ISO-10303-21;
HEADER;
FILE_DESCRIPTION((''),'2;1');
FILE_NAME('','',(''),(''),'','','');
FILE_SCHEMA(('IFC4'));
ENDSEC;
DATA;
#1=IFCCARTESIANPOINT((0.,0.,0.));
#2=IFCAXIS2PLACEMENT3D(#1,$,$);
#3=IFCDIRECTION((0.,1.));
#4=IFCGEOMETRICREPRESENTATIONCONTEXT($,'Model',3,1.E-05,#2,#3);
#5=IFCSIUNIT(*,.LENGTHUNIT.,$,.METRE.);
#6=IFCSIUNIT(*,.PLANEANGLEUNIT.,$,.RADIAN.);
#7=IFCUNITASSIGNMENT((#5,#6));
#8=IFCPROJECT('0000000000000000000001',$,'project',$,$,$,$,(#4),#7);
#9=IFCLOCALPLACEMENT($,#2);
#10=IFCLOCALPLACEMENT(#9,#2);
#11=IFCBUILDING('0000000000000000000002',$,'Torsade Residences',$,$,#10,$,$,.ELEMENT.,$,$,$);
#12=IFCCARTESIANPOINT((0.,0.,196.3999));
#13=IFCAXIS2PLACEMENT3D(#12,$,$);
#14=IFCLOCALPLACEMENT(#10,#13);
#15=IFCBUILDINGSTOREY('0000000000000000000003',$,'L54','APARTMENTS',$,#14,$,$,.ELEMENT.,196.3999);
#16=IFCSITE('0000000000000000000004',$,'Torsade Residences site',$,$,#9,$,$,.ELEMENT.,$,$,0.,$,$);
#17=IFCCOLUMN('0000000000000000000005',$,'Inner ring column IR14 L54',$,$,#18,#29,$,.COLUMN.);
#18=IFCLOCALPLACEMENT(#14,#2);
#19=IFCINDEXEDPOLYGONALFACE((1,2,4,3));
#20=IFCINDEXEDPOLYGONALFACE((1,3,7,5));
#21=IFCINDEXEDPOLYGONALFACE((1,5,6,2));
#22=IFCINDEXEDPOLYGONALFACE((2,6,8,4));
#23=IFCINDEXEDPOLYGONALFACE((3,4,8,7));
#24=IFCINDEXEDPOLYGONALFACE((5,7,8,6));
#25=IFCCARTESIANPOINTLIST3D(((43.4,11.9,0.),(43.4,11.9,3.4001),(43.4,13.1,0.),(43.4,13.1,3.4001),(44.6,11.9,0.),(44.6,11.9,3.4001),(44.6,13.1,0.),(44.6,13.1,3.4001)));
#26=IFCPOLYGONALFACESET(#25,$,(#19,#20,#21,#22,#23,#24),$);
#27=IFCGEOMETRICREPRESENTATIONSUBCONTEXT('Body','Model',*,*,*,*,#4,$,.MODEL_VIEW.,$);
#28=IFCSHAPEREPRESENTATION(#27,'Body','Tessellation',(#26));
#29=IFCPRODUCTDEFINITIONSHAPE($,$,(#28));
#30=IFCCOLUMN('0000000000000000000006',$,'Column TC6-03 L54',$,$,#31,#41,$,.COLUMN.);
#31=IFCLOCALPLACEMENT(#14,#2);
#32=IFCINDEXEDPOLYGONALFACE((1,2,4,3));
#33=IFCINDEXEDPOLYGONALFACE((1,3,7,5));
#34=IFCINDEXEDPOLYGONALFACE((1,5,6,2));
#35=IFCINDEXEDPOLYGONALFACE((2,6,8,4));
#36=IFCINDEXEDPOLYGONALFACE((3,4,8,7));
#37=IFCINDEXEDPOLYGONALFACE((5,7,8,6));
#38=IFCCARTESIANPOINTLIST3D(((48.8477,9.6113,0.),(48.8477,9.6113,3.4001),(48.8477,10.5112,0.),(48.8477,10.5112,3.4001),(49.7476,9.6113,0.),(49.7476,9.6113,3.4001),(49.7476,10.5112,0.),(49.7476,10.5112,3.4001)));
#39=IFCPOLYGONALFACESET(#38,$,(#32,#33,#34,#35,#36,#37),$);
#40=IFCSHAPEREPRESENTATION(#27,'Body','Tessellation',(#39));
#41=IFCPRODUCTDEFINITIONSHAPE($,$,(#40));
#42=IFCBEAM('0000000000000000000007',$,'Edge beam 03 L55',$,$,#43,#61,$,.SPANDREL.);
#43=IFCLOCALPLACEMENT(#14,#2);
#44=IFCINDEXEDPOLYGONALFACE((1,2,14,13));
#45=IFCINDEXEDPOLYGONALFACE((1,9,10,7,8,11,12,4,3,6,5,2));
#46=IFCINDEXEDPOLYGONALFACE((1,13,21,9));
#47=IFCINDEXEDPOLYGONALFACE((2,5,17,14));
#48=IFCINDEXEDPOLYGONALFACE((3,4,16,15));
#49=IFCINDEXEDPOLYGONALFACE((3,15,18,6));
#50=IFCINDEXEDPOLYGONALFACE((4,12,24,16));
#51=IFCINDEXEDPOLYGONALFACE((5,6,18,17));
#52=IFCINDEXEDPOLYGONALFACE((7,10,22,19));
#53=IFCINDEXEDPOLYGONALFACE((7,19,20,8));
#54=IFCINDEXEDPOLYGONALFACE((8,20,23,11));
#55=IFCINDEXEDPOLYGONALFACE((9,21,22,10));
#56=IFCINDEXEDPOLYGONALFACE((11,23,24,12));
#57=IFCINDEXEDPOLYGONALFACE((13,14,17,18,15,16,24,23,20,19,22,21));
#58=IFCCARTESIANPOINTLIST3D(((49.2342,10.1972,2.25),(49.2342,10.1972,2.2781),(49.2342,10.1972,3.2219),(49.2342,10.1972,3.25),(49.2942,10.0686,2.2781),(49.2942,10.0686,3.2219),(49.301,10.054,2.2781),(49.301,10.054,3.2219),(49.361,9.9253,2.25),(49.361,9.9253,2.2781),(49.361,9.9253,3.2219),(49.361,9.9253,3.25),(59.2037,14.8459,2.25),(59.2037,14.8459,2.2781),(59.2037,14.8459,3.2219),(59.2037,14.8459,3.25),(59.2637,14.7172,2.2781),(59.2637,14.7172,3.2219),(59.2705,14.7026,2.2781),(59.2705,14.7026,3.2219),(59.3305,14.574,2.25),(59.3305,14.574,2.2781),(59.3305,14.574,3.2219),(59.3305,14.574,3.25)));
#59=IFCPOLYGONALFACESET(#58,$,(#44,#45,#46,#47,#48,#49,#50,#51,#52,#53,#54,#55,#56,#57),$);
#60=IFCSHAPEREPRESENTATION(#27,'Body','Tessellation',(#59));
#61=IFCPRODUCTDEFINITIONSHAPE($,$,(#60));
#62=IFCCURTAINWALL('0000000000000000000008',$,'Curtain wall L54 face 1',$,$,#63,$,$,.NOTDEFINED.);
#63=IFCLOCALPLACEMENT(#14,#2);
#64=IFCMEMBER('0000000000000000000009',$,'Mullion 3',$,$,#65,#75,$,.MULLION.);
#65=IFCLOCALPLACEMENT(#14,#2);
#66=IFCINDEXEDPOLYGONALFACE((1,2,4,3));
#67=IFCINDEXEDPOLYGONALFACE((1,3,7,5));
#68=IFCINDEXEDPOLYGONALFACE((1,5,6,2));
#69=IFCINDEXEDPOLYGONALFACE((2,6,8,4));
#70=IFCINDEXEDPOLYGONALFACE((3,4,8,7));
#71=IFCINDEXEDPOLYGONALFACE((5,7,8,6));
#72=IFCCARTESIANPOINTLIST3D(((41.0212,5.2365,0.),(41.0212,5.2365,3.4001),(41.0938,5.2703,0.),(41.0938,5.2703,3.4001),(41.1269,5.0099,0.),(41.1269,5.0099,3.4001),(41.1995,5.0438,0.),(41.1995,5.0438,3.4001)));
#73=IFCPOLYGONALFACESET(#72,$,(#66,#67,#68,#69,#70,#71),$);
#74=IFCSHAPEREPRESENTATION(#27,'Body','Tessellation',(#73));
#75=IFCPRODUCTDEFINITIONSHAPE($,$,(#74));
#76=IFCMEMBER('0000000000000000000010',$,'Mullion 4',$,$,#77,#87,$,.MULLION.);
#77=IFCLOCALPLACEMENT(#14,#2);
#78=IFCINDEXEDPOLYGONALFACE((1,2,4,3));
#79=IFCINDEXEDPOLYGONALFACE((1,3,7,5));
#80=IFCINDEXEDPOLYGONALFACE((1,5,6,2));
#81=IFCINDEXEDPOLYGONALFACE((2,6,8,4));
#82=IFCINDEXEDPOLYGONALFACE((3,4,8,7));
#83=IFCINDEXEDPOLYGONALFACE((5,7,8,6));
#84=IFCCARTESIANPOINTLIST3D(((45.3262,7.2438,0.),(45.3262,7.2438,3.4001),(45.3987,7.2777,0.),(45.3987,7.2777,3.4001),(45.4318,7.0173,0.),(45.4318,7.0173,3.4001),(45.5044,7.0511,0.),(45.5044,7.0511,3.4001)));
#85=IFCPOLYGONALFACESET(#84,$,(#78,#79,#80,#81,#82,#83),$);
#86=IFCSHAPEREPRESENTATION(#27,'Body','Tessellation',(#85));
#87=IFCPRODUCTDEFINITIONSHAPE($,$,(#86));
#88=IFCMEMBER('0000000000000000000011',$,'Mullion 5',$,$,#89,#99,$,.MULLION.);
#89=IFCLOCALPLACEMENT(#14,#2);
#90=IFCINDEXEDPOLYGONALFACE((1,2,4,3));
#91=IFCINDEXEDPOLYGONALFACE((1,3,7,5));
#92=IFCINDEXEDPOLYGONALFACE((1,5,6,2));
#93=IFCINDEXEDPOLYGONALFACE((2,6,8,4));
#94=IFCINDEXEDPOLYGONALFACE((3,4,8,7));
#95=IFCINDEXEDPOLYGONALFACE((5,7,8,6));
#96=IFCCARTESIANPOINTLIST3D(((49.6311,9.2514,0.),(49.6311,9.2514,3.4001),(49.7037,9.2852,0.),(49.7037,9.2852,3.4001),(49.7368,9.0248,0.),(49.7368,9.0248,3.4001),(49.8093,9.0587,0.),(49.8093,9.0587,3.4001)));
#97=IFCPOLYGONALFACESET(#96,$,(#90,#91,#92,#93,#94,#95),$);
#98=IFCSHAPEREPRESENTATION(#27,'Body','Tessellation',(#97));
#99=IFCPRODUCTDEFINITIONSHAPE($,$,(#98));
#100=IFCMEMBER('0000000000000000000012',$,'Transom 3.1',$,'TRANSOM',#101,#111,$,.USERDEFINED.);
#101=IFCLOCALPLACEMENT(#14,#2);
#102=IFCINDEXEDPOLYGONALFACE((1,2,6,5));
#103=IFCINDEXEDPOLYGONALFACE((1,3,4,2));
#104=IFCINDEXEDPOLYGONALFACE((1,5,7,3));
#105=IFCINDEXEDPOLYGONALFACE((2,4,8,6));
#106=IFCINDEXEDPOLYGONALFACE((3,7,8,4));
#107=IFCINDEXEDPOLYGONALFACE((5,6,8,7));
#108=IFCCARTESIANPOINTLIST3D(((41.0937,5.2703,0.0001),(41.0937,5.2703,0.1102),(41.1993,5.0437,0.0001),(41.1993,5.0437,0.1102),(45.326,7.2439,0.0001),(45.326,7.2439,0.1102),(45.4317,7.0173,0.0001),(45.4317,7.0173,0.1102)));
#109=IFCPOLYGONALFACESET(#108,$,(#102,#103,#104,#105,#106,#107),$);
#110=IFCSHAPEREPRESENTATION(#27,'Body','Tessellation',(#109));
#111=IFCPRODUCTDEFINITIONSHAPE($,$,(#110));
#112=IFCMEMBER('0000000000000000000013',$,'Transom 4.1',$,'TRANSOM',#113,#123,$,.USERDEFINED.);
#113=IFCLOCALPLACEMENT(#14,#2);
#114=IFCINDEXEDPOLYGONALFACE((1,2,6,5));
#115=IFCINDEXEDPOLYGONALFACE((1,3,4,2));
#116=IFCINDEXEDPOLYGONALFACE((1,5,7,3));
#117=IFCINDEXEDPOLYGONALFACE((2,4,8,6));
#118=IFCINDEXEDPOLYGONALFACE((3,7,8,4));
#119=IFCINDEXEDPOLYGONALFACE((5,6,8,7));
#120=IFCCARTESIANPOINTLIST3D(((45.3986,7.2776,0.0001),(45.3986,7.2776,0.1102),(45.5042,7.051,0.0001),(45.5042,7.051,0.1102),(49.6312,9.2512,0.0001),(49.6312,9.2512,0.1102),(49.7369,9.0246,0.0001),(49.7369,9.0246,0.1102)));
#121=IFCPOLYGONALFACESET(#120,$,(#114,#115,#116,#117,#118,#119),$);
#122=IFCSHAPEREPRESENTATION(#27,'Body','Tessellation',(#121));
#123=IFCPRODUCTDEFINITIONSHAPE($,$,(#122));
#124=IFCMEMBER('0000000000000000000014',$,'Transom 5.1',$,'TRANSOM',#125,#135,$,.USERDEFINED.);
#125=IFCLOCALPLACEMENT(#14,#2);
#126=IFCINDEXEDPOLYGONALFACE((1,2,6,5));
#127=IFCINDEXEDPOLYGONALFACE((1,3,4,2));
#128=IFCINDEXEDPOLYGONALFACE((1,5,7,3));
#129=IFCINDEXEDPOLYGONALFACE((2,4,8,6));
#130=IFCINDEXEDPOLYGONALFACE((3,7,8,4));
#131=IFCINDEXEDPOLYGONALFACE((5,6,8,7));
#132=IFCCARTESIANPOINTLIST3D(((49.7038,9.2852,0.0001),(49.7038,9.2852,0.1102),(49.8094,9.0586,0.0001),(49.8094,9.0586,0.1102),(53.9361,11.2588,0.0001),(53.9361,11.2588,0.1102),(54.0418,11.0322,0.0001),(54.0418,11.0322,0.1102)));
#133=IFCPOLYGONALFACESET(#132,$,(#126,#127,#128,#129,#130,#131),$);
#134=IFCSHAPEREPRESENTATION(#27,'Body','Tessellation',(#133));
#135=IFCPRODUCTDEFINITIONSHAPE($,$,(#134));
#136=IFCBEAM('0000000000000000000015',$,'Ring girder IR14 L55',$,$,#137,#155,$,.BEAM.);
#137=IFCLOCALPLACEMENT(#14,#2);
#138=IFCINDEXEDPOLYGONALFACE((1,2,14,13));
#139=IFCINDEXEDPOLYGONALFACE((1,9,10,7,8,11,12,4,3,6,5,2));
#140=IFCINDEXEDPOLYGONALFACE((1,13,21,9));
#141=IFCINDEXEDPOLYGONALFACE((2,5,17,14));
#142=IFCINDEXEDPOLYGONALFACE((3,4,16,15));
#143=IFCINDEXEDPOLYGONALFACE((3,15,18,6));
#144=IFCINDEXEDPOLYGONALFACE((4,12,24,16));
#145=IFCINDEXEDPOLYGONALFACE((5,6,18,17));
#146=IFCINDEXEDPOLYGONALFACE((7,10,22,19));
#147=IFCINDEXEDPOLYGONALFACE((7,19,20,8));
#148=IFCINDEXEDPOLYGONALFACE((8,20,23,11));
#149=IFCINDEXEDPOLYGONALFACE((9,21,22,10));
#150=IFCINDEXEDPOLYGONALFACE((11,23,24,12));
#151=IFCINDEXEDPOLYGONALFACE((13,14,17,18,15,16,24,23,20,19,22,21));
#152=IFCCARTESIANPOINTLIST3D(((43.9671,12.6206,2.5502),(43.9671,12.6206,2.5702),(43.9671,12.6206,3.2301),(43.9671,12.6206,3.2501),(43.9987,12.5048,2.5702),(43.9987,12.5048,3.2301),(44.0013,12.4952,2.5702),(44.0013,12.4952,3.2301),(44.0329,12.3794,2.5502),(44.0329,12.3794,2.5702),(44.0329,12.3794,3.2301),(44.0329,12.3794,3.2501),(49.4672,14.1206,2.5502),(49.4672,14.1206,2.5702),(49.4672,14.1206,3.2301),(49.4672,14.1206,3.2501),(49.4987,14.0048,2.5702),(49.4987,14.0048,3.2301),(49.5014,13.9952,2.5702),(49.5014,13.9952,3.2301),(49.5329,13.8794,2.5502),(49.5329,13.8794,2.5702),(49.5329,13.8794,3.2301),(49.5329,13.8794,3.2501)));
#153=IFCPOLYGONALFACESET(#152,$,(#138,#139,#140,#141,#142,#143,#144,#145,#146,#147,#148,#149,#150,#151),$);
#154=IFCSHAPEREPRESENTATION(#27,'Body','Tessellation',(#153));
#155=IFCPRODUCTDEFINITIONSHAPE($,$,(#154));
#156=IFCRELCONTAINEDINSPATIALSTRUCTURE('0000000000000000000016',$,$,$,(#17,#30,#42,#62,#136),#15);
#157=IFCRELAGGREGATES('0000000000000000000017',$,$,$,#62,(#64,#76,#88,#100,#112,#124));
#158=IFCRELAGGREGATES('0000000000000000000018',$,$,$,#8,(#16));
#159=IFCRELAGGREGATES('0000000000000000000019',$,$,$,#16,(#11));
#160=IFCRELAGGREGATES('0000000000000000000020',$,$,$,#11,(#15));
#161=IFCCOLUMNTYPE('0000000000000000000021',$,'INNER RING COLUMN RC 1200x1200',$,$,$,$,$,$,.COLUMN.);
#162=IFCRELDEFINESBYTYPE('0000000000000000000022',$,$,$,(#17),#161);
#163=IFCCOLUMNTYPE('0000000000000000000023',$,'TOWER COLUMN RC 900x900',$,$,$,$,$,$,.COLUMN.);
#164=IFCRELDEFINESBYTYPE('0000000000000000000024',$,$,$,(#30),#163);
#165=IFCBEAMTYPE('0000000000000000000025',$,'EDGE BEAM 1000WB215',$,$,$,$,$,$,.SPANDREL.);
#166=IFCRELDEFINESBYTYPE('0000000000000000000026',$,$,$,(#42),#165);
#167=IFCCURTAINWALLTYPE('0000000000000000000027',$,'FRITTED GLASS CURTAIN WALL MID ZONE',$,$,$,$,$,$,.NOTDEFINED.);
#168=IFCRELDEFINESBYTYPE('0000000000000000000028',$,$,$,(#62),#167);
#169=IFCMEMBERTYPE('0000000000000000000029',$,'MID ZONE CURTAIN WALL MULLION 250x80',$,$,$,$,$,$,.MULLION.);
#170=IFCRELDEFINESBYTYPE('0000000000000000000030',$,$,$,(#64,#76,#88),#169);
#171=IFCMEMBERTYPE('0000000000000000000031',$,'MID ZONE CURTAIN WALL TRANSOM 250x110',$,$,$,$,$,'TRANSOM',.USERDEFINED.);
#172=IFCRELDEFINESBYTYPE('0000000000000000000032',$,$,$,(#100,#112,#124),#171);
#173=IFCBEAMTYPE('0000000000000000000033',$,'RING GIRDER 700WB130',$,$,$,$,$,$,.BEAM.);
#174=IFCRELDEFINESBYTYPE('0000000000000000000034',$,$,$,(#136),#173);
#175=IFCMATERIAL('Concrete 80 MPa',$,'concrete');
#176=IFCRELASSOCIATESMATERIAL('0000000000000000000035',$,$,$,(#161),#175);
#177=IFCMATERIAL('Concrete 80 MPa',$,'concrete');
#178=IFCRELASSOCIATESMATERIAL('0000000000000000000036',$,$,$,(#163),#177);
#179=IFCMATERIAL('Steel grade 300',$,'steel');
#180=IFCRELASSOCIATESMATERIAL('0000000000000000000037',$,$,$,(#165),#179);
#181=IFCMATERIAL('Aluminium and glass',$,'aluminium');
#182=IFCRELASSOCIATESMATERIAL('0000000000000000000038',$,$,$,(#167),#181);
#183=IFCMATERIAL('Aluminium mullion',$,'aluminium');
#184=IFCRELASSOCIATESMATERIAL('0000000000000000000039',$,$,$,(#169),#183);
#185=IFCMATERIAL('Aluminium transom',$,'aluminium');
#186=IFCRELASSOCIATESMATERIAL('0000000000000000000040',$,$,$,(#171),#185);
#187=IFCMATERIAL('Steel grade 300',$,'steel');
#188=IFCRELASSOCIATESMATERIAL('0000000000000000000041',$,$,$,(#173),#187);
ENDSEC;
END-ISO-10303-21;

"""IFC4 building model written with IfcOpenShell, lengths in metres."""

from ifc_helpers import new_model, si_unit, direction, frame, origin, origin_2d, place, context, subcontext, project, spatial, rectangle, i_section, extrude, material, material_profile, profile_set, type_object, element, aggregate, save


model = new_model("IFC4")

# Units and contexts
model_context = context("Model", 3, precision=1e-05, world=origin(), true_north=direction((0.0, 1.0)))
body_context = subcontext(model_context, "Body", "Model", "MODEL_VIEW")
ifc_project = project(units=[si_unit("LENGTHUNIT", "METRE"), si_unit("PLANEANGLEUNIT", "RADIAN")], contexts=[model_context])

# Site, building, storey
site_placement = place(None, origin())
site = spatial("IfcSite", under=ifc_project, at=site_placement, Name="Torsade Residences site", CompositionType="ELEMENT", RefElevation=0.0)
building_placement = place(site_placement, origin())
building = spatial("IfcBuilding", under=site, at=building_placement, Name="Torsade Residences", CompositionType="ELEMENT")
storey_placement = place(building_placement, frame((0.0, 0.0, 196.3999)))
storey = spatial("IfcBuildingStorey", under=building, at=storey_placement, Name="L54", Description="APARTMENTS", CompositionType="ELEMENT", Elevation=196.3999)

# Columns
ifc_material_1 = material(Name="Concrete 80 MPa", Category="concrete")
ifc_material_profile_1 = material_profile(ifc_material_1, rectangle(XDim=1.2, YDim=1.2, at=origin_2d()), Name="RC 1200x1200")
ifc_profile_set_1 = profile_set([ifc_material_profile_1], Name="Concrete 80 MPa")
column_type_1 = type_object("IfcColumnType", Name="INNER RING COLUMN RC 1200x1200", PredefinedType="COLUMN", material=ifc_profile_set_1)
column_1_placement = place(storey_placement, frame((44.0, 12.5, 0.0), z_axis=(0.0, 0.0, 1.0), x_axis=(1.0, 0.0, 0.0)))
element("IfcColumn", 1, at=column_1_placement, inside=storey, type_object=column_type_1, Name="Inner ring column IR14 L54", PredefinedType="COLUMN", context=body_context, shape_type="SweptSolid", body=[
    extrude(rectangle(XDim=1.2, YDim=1.2, at=origin_2d()), origin(), (0.0, 0.0, 1.0), 3.4001),
])
ifc_material_2 = material(Name="Concrete 80 MPa", Category="concrete")
ifc_material_profile_2 = material_profile(ifc_material_2, rectangle(XDim=0.8999, YDim=0.8999, at=origin_2d()), Name="RC 900x900")
ifc_profile_set_2 = profile_set([ifc_material_profile_2], Name="Concrete 80 MPa")
column_type_2 = type_object("IfcColumnType", Name="TOWER COLUMN RC 900x900", PredefinedType="COLUMN", material=ifc_profile_set_2)
column_2_placement = place(storey_placement, frame((49.2976, 10.0613, 0.0), z_axis=(0.0, 0.0, 1.0), x_axis=(1.0, 0.0, 0.0)))
element("IfcColumn", 2, at=column_2_placement, inside=storey, type_object=column_type_2, Name="Column TC6-03 L54", PredefinedType="COLUMN", context=body_context, shape_type="SweptSolid", body=[
    extrude(rectangle(XDim=0.8999, YDim=0.8999, at=origin_2d()), origin(), (0.0, 0.0, 1.0), 3.4001),
])

# Beam
ifc_material_3 = material(Name="Steel grade 300", Category="steel")
ifc_material_profile_3 = material_profile(ifc_material_3, i_section(OverallWidth=0.3, OverallDepth=1.0, WebThickness=0.0161, FlangeThickness=0.0281, at=origin_2d()), Name="1000WB215")
ifc_profile_set_3 = profile_set([ifc_material_profile_3], Name="Steel grade 300")
beam_type_1 = type_object("IfcBeamType", Name="EDGE BEAM 1000WB215", PredefinedType="SPANDREL", material=ifc_profile_set_3)
beam_1_placement = place(storey_placement, frame((49.2976, 10.0613, 2.75), z_axis=(0.906314, 0.422606, 0.0), x_axis=(-0.422606, 0.906314, 0.0)))
element("IfcBeam", 3, at=beam_1_placement, inside=storey, type_object=beam_type_1, Name="Edge beam 03 L55", PredefinedType="SPANDREL", context=body_context, shape_type="SweptSolid", body=[
    extrude(i_section(OverallWidth=0.3, OverallDepth=1.0, WebThickness=0.0161, FlangeThickness=0.0281, at=origin_2d()), origin(), (0.0, 0.0, 1.0), 11.0),
])

# Curtain wall, members
ifc_material_4 = material(Name="Aluminium and glass", Category="aluminium")
curtain_wall_type = type_object("IfcCurtainWallType", Name="FRITTED GLASS CURTAIN WALL MID ZONE", PredefinedType="NOTDEFINED", material=ifc_material_4)
curtain_wall_placement = place(storey_placement, origin())
curtain_wall = element("IfcCurtainWall", 4, at=curtain_wall_placement, inside=storey, type_object=curtain_wall_type, Name="Curtain wall L54 face 1", PredefinedType="NOTDEFINED")
ifc_material_5 = material(Name="Aluminium mullion", Category="aluminium")
ifc_material_profile_4 = material_profile(ifc_material_5, rectangle(XDim=0.25, YDim=0.0801, at=origin_2d()), Name="MID ZONE CURTAIN WALL MULLION 250x80")
ifc_profile_set_4 = profile_set([ifc_material_profile_4], Name="Aluminium mullion")
member_type_1 = type_object("IfcMemberType", Name="MID ZONE CURTAIN WALL MULLION 250x80", PredefinedType="MULLION", material=ifc_profile_set_4)
member_1_placement = place(storey_placement, frame((41.1104, 5.1401, 0.0), z_axis=(0.0, 0.0, 1.0), x_axis=(-0.422618, 0.906308, 0.0)))
member_1 = element("IfcMember", 5, at=member_1_placement, type_object=member_type_1, Name="Mullion 3", PredefinedType="MULLION", context=body_context, shape_type="SweptSolid", body=[
    extrude(rectangle(XDim=0.25, YDim=0.0801, at=origin_2d()), origin(), (0.0, 0.0, 1.0), 3.4001),
])
member_2_placement = place(storey_placement, frame((45.4153, 7.1475, 0.0), z_axis=(0.0, 0.0, 1.0), x_axis=(-0.422618, 0.906308, 0.0)))
member_2 = element("IfcMember", 6, at=member_2_placement, type_object=member_type_1, Name="Mullion 4", PredefinedType="MULLION", context=body_context, shape_type="SweptSolid", body=[
    extrude(rectangle(XDim=0.25, YDim=0.0801, at=origin_2d()), origin(), (0.0, 0.0, 1.0), 3.4001),
])
member_3_placement = place(storey_placement, frame((49.7202, 9.155, 0.0), z_axis=(0.0, 0.0, 1.0), x_axis=(-0.422618, 0.906308, 0.0)))
member_3 = element("IfcMember", 7, at=member_3_placement, type_object=member_type_1, Name="Mullion 5", PredefinedType="MULLION", context=body_context, shape_type="SweptSolid", body=[
    extrude(rectangle(XDim=0.25, YDim=0.0801, at=origin_2d()), origin(), (0.0, 0.0, 1.0), 3.4001),
])
ifc_material_6 = material(Name="Aluminium transom", Category="aluminium")
ifc_material_profile_5 = material_profile(ifc_material_6, rectangle(XDim=0.25, YDim=0.1101, at=origin_2d()), Name="MID ZONE CURTAIN WALL TRANSOM 250x110")
ifc_profile_set_5 = profile_set([ifc_material_profile_5], Name="Aluminium transom")
member_type_2 = type_object("IfcMemberType", Name="MID ZONE CURTAIN WALL TRANSOM 250x110", ElementType="TRANSOM", PredefinedType="USERDEFINED", material=ifc_profile_set_5)
member_4_placement = place(storey_placement, frame((41.1465, 5.157, 0.0552), z_axis=(0.906306, 0.422622, 0.0), x_axis=(-0.422622, 0.906306, 0.0)))
member_4 = element("IfcMember", 8, at=member_4_placement, type_object=member_type_2, Name="Transom 3.1", ObjectType="TRANSOM", PredefinedType="USERDEFINED", context=body_context, shape_type="SweptSolid", body=[
    extrude(rectangle(XDim=0.25, YDim=0.1101, at=origin_2d()), origin(), (0.0, 0.0, 1.0), 4.6699),
])
member_5_placement = place(storey_placement, frame((45.4514, 7.1643, 0.0552), z_axis=(0.906315, 0.422602, 0.0), x_axis=(-0.422602, 0.906315, 0.0)))
member_5 = element("IfcMember", 9, at=member_5_placement, type_object=member_type_2, Name="Transom 4.1", ObjectType="TRANSOM", PredefinedType="USERDEFINED", context=body_context, shape_type="SweptSolid", body=[
    extrude(rectangle(XDim=0.25, YDim=0.1101, at=origin_2d()), origin(), (0.0, 0.0, 1.0), 4.6702),
])
member_6_placement = place(storey_placement, frame((49.7566, 9.1719, 0.0552), z_axis=(0.906306, 0.422622, 0.0), x_axis=(-0.422622, 0.906306, 0.0)))
member_6 = element("IfcMember", 10, at=member_6_placement, type_object=member_type_2, Name="Transom 5.1", ObjectType="TRANSOM", PredefinedType="USERDEFINED", context=body_context, shape_type="SweptSolid", body=[
    extrude(rectangle(XDim=0.25, YDim=0.1101, at=origin_2d()), origin(), (0.0, 0.0, 1.0), 4.6699),
])

# Beam
ifc_material_7 = material(Name="Steel grade 300", Category="steel")
ifc_material_profile_6 = material_profile(ifc_material_7, i_section(OverallWidth=0.25, OverallDepth=0.7, WebThickness=0.01, FlangeThickness=0.02, at=origin_2d()), Name="700WB130")
ifc_profile_set_6 = profile_set([ifc_material_profile_6], Name="Steel grade 300")
beam_type_2 = type_object("IfcBeamType", Name="RING GIRDER 700WB130", PredefinedType="BEAM", material=ifc_profile_set_6)
beam_2_placement = place(storey_placement, frame((44.0, 12.5, 2.9001), z_axis=(0.964764, 0.263117, 0.0), x_axis=(-0.263117, 0.964764, 0.0)))
element("IfcBeam", 11, at=beam_2_placement, inside=storey, type_object=beam_type_2, Name="Ring girder IR14 L55", PredefinedType="BEAM", context=body_context, shape_type="SweptSolid", body=[
    extrude(i_section(OverallWidth=0.25, OverallDepth=0.7, WebThickness=0.01, FlangeThickness=0.02, at=origin_2d()), origin(), (0.0, 0.0, 1.0), 5.7009),
])

aggregate(curtain_wall, [member_1, member_2, member_3, member_4, member_5, member_6])

save(model, "model.ifc")
